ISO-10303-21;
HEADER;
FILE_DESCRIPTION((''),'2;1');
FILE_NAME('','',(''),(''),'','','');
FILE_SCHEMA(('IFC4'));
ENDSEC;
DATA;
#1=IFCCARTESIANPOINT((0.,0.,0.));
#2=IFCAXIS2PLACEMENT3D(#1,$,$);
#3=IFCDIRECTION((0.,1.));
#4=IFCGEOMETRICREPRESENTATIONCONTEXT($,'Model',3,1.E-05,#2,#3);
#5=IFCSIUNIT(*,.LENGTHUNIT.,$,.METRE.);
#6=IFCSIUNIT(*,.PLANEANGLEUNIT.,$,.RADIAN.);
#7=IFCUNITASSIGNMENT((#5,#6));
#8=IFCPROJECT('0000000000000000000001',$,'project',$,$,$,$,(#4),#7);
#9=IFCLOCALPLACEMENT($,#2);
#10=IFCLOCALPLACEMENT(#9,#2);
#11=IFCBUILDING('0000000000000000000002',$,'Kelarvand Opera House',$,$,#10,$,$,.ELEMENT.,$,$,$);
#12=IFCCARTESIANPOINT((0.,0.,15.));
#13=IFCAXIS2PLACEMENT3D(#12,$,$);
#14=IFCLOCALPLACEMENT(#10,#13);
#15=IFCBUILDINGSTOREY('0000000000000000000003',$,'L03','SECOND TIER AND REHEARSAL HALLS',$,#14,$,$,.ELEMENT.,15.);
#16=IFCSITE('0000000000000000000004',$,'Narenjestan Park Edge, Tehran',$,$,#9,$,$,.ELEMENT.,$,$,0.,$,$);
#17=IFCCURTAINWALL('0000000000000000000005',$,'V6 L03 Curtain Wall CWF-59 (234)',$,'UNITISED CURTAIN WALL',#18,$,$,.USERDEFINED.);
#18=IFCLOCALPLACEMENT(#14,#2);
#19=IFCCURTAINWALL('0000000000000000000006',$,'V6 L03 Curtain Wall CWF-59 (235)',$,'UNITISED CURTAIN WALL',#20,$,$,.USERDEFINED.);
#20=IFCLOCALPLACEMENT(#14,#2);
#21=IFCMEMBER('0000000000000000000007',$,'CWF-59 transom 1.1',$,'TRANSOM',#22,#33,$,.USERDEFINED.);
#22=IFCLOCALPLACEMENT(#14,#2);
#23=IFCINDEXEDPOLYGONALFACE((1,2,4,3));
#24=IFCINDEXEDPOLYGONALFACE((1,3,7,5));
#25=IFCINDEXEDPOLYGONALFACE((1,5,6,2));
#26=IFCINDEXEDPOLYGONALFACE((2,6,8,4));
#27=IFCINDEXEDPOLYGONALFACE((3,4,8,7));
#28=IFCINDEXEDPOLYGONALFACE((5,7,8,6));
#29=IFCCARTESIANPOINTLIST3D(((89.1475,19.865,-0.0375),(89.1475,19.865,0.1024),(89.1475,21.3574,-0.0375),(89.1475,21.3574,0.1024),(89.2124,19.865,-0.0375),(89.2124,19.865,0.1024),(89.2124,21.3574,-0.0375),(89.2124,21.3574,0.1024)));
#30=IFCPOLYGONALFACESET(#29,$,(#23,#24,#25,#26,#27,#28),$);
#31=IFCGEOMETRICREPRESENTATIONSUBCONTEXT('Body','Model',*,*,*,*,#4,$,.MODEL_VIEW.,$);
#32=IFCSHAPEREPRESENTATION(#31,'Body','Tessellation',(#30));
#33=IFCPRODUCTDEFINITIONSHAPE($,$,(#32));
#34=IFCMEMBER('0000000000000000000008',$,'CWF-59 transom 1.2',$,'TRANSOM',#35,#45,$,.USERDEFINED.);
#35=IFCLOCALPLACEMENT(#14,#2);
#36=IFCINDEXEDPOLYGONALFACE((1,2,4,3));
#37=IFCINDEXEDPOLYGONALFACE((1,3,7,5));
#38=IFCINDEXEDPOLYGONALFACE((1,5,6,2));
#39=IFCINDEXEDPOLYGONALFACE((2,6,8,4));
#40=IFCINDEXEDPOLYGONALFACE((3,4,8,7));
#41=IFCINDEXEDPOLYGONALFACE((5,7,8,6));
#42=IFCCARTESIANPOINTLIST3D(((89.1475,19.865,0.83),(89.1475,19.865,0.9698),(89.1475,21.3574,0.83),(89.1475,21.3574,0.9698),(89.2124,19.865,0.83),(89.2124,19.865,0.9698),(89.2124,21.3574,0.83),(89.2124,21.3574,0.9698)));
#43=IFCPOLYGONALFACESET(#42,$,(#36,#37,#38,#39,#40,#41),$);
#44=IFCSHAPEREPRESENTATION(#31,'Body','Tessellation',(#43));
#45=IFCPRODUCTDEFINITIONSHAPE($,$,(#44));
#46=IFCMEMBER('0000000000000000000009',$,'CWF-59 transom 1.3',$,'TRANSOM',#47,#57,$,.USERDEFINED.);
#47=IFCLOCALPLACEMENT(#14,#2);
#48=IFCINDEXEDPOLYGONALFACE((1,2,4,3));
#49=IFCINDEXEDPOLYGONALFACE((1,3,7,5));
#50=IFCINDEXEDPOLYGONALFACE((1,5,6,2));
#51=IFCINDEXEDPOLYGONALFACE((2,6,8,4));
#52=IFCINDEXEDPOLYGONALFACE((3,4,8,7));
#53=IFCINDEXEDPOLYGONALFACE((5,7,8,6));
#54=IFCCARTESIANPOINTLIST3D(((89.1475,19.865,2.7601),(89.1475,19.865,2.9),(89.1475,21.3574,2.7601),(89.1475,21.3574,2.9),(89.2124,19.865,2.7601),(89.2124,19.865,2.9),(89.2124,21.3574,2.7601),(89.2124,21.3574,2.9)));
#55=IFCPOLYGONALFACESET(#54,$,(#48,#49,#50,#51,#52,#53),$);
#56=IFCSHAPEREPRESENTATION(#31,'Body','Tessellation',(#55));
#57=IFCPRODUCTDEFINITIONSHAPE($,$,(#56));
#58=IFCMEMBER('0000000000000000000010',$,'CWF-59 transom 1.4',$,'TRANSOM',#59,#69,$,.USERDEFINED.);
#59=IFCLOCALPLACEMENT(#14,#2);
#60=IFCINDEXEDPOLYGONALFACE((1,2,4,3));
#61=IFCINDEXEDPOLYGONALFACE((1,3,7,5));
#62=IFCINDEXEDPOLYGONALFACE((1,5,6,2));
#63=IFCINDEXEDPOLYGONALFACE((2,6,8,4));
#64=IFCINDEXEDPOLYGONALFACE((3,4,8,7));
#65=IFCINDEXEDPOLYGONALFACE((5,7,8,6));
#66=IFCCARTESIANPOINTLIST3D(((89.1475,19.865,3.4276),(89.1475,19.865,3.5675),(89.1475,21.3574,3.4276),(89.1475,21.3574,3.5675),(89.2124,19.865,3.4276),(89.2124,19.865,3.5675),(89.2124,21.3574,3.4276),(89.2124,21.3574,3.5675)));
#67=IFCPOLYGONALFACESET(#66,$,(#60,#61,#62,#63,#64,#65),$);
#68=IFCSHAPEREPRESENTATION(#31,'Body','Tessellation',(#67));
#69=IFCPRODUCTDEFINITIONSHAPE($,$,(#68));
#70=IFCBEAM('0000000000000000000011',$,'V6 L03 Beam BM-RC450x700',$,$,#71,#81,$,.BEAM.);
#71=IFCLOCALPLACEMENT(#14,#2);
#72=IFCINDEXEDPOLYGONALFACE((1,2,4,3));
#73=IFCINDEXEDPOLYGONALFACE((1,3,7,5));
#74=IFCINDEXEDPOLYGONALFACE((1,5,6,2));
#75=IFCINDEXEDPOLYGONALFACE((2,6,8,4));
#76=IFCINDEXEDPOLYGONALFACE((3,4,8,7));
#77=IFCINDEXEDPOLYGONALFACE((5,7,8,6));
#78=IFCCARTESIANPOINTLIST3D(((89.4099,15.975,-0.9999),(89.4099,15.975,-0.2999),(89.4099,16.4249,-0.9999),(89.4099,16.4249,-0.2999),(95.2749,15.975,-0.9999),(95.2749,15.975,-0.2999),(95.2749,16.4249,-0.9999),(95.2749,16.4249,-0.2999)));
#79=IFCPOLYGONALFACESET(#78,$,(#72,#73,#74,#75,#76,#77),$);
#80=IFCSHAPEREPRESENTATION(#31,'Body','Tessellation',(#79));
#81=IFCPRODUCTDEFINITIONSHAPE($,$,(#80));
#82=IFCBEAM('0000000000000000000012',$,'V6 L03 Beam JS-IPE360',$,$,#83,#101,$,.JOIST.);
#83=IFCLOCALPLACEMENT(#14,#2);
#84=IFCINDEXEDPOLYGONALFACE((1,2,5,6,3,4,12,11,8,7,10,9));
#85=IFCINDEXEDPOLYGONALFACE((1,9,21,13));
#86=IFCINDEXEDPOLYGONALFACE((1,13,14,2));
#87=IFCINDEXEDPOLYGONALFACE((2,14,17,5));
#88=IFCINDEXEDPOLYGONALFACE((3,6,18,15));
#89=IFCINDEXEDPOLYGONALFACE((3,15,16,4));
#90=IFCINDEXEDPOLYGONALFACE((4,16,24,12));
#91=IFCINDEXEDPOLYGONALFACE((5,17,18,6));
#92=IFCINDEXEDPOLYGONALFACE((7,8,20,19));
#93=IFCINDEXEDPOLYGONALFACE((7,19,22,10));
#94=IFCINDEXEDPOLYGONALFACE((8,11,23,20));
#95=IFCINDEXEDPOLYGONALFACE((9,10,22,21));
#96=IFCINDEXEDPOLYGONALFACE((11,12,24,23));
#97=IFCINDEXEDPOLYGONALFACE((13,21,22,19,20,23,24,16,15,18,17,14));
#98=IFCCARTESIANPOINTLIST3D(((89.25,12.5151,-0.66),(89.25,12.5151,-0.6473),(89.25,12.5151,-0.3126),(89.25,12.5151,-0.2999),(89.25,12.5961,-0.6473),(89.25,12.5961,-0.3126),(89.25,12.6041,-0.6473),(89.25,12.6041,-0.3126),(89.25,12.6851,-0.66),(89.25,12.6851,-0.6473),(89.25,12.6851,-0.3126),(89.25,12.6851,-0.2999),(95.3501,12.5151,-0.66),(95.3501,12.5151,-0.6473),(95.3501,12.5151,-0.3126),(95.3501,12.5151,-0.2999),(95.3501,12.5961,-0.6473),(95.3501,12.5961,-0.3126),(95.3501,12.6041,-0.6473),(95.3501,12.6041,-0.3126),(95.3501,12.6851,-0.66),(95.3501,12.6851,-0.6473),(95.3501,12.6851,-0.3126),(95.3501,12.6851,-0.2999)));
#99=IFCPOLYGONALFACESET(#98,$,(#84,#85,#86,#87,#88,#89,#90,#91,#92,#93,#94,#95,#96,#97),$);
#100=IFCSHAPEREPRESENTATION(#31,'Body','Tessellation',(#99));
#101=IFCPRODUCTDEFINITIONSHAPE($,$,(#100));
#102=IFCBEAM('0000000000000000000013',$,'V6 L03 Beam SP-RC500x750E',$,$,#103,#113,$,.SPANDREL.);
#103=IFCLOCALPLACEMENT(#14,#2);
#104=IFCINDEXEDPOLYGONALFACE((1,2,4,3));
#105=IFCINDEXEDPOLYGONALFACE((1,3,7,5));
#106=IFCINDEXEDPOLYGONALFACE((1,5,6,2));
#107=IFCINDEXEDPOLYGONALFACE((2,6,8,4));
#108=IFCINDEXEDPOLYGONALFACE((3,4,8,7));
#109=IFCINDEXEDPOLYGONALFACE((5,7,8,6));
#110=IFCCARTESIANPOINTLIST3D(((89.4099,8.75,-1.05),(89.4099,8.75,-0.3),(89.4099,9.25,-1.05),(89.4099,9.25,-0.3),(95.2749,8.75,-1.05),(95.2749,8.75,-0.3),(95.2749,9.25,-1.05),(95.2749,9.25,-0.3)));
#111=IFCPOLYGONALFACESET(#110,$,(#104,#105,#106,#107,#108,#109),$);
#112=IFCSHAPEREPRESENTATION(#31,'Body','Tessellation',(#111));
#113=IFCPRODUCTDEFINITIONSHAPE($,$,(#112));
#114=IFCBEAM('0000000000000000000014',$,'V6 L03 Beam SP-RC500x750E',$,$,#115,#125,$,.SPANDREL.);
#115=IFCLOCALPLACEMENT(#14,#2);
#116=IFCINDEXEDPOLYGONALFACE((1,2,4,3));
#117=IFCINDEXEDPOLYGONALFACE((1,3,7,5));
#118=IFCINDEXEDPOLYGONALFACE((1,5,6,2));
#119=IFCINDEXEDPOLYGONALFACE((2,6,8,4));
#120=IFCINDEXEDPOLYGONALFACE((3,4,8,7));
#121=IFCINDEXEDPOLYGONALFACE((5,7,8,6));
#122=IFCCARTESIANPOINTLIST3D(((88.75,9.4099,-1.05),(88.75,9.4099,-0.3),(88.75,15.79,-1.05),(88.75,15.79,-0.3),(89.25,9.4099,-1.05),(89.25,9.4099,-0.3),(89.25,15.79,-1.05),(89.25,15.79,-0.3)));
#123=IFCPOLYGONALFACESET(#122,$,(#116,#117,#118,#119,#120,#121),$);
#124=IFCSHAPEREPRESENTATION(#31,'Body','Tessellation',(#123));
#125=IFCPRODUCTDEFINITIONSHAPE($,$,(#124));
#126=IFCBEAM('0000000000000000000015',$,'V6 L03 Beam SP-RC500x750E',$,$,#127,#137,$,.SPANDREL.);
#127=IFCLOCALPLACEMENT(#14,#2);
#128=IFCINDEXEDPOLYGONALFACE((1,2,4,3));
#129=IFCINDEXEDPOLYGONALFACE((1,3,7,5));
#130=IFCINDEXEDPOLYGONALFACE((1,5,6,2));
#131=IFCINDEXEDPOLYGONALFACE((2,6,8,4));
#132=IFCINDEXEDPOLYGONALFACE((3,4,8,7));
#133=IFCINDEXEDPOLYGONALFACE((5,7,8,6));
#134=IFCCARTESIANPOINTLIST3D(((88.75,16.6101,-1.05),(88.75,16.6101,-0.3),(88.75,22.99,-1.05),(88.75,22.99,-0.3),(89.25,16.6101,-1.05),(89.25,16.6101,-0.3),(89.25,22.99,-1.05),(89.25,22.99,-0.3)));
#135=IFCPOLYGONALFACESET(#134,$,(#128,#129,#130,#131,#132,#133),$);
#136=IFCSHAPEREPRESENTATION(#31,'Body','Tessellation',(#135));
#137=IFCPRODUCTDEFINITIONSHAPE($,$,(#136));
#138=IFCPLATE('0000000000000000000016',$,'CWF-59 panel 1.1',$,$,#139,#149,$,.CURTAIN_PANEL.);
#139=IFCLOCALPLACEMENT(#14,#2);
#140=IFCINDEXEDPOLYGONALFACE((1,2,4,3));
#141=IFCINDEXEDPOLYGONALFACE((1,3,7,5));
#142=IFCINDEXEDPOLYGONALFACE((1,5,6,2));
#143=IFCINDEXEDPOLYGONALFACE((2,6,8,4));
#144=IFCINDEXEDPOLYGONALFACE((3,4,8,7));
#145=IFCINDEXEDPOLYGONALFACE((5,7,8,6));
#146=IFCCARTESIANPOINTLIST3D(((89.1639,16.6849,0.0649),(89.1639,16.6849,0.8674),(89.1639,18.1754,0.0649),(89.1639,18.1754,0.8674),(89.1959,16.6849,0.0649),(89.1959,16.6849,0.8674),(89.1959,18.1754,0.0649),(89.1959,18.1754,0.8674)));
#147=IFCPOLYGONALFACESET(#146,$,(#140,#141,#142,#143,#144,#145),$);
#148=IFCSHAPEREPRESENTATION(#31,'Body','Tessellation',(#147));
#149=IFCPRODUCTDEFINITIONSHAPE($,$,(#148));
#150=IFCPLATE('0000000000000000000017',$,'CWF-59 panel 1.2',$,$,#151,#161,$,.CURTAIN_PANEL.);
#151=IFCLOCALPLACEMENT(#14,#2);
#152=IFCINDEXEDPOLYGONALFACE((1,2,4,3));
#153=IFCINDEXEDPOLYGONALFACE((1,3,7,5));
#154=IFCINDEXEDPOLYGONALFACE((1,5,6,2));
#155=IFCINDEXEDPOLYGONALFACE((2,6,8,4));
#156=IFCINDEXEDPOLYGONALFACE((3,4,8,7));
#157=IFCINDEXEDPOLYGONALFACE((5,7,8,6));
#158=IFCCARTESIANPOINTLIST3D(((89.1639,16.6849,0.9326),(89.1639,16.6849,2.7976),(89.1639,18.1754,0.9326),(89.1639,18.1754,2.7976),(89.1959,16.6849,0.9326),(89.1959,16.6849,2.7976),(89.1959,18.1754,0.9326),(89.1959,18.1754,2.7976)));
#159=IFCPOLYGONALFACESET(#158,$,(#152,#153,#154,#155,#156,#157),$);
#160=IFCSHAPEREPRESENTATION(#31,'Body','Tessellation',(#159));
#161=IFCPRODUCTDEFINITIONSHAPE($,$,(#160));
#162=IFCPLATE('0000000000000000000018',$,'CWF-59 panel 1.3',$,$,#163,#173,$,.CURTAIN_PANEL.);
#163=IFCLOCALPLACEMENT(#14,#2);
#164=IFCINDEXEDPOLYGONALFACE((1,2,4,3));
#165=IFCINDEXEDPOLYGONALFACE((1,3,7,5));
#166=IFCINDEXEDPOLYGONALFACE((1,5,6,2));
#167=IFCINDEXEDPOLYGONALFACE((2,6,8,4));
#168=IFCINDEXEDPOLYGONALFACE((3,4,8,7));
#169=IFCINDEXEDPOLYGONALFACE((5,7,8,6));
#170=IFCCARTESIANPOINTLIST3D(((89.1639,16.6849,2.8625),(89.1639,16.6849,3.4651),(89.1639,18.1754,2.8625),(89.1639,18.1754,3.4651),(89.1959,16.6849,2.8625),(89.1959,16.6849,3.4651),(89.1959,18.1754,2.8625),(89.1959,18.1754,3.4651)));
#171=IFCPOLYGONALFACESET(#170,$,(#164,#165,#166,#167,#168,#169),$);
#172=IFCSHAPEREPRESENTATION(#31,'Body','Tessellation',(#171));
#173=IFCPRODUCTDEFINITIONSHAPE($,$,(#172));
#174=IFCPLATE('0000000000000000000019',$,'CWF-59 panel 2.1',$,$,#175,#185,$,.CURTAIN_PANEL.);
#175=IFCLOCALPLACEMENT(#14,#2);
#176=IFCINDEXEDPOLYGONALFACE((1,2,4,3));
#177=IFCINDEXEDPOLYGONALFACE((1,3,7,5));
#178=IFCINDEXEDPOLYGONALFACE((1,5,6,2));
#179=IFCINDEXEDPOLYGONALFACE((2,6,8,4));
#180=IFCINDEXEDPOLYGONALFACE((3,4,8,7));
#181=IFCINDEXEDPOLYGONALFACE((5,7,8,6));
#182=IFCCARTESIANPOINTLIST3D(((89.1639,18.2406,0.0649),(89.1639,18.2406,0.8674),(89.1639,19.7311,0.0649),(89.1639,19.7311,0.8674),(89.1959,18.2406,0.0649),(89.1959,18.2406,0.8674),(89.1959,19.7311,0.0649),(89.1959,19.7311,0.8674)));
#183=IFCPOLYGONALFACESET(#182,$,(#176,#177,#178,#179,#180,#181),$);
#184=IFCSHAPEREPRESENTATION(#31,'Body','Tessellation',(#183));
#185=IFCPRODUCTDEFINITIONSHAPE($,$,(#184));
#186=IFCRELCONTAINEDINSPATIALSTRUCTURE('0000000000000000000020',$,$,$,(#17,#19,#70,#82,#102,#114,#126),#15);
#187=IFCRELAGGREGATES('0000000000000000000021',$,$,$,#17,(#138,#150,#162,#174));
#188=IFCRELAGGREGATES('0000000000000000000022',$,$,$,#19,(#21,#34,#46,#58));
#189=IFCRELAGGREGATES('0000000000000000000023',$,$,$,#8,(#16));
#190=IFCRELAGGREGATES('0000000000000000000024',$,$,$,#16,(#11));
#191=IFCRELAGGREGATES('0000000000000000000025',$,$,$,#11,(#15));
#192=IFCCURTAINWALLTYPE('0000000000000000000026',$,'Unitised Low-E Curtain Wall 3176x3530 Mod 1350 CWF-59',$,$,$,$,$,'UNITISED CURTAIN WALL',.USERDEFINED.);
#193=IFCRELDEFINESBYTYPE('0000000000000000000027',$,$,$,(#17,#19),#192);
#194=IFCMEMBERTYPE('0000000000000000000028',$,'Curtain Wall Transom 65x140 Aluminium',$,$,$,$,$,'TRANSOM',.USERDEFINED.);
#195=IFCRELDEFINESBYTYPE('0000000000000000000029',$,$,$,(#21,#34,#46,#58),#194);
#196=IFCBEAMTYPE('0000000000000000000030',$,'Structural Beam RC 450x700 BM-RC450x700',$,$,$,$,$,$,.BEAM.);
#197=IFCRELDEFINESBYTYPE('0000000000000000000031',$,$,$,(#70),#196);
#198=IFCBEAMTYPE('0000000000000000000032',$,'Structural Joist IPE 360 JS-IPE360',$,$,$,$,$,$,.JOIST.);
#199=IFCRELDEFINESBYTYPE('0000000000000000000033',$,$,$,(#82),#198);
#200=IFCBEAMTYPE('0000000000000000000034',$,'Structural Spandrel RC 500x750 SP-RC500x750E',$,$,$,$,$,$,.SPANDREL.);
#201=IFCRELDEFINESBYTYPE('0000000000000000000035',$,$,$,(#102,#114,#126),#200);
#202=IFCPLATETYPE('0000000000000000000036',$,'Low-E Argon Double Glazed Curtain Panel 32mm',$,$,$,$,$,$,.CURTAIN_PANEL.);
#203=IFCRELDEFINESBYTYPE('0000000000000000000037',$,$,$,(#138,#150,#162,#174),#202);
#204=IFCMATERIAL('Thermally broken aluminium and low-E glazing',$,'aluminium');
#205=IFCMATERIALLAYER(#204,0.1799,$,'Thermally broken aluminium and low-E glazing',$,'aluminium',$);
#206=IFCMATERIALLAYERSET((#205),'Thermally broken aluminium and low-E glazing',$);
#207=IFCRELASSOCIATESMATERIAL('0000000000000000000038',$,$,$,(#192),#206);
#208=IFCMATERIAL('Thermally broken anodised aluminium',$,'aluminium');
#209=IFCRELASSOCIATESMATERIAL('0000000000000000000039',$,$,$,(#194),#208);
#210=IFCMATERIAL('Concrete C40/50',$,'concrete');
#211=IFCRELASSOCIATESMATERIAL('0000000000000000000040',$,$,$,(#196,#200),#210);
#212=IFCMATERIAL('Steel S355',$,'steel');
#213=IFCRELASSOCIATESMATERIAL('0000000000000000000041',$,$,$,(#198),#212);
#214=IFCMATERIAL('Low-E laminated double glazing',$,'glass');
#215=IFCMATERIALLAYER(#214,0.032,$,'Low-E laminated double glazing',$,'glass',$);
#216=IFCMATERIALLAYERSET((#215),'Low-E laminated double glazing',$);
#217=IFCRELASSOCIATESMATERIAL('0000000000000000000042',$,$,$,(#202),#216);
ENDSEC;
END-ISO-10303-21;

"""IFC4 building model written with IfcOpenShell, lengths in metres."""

from ifc_helpers import new_model, si_unit, direction, frame, origin, origin_2d, place, context, subcontext, project, spatial, rectangle, i_section, extrude, material, layer, layer_set, material_profile, profile_set, type_object, element, aggregate, save


model = new_model("IFC4")

# Units and contexts
model_context = context("Model", 3, precision=1e-05, world=origin(), true_north=direction((0.0, 1.0)))
body_context = subcontext(model_context, "Body", "Model", "MODEL_VIEW")
ifc_project = project(units=[si_unit("LENGTHUNIT", "METRE"), si_unit("PLANEANGLEUNIT", "RADIAN")], contexts=[model_context])

# Site, building, storey
site_placement = place(None, origin())
site = spatial("IfcSite", under=ifc_project, at=site_placement, Name="Narenjestan Park Edge, Tehran", CompositionType="ELEMENT", RefElevation=0.0)
building_placement = place(site_placement, origin())
building = spatial("IfcBuilding", under=site, at=building_placement, Name="Kelarvand Opera House", CompositionType="ELEMENT")
storey_placement = place(building_placement, frame((0.0, 0.0, 15.0)))
storey = spatial("IfcBuildingStorey", under=building, at=storey_placement, Name="L03", Description="SECOND TIER AND REHEARSAL HALLS", CompositionType="ELEMENT", Elevation=15.0)

# Shared definitions
ifc_material_1 = material(Name="Concrete C40/50", Category="concrete")

# Curtain wall
ifc_material_2 = material(Name="Thermally broken aluminium and low-E glazing", Category="aluminium")
ifc_layer_1 = layer(ifc_material_2, 0.1799, Name="Thermally broken aluminium and low-E glazing", Category="aluminium")
ifc_layer_set_1 = layer_set([ifc_layer_1], Name="Thermally broken aluminium and low-E glazing")
curtain_wall_type = type_object("IfcCurtainWallType", Name="Unitised Low-E Curtain Wall 3176x3530 Mod 1350 CWF-59", ElementType="UNITISED CURTAIN WALL", PredefinedType="USERDEFINED", material=ifc_layer_set_1)
curtain_wall_1_placement = place(storey_placement, origin())
curtain_wall_1 = element("IfcCurtainWall", 1, at=curtain_wall_1_placement, inside=storey, type_object=curtain_wall_type, Name="V6 L03 Curtain Wall CWF-59 (234)", ObjectType="UNITISED CURTAIN WALL", PredefinedType="USERDEFINED")
ifc_material_3 = material(Name="Thermally broken anodised aluminium", Category="aluminium")

# Curtain wall
curtain_wall_2_placement = place(storey_placement, origin())
curtain_wall_2 = element("IfcCurtainWall", 2, at=curtain_wall_2_placement, inside=storey, type_object=curtain_wall_type, Name="V6 L03 Curtain Wall CWF-59 (235)", ObjectType="UNITISED CURTAIN WALL", PredefinedType="USERDEFINED")

# Members
ifc_material_profile_1 = material_profile(ifc_material_3, rectangle(XDim=0.0649, YDim=0.1399, at=origin_2d()), Name="ALU TRANSOM 65x140", Category="aluminium")
ifc_profile_set_1 = profile_set([ifc_material_profile_1], Name="Thermally broken anodised aluminium")
member_type_1 = type_object("IfcMemberType", Name="Curtain Wall Transom 65x140 Aluminium", ElementType="TRANSOM", PredefinedType="USERDEFINED", material=ifc_profile_set_1)
member_1_placement = place(storey_placement, frame((89.1799, 19.865, 0.0325), z_axis=(0.0, 1.0, 0.0), x_axis=(-1.0, 0.0, 0.0)))
member_1 = element("IfcMember", 3, at=member_1_placement, type_object=member_type_1, Name="CWF-59 transom 1.1", ObjectType="TRANSOM", PredefinedType="USERDEFINED", context=body_context, shape_type="SweptSolid", body=[
    extrude(rectangle(XDim=0.0649, YDim=0.1399, at=origin_2d()), origin(), (0.0, 0.0, 1.0), 1.4924),
])
member_2_placement = place(storey_placement, frame((89.1799, 19.865, 0.8999), z_axis=(0.0, 1.0, 0.0), x_axis=(-1.0, 0.0, 0.0)))
member_2 = element("IfcMember", 4, at=member_2_placement, type_object=member_type_1, Name="CWF-59 transom 1.2", ObjectType="TRANSOM", PredefinedType="USERDEFINED", context=body_context, shape_type="SweptSolid", body=[
    extrude(rectangle(XDim=0.0649, YDim=0.1399, at=origin_2d()), origin(), (0.0, 0.0, 1.0), 1.4924),
])
member_3_placement = place(storey_placement, frame((89.1799, 19.865, 2.8301), z_axis=(0.0, 1.0, 0.0), x_axis=(-1.0, 0.0, 0.0)))
member_3 = element("IfcMember", 5, at=member_3_placement, type_object=member_type_1, Name="CWF-59 transom 1.3", ObjectType="TRANSOM", PredefinedType="USERDEFINED", context=body_context, shape_type="SweptSolid", body=[
    extrude(rectangle(XDim=0.0649, YDim=0.1399, at=origin_2d()), origin(), (0.0, 0.0, 1.0), 1.4924),
])
member_4_placement = place(storey_placement, frame((89.1799, 19.865, 3.4976), z_axis=(0.0, 1.0, 0.0), x_axis=(-1.0, 0.0, 0.0)))
member_4 = element("IfcMember", 6, at=member_4_placement, type_object=member_type_1, Name="CWF-59 transom 1.4", ObjectType="TRANSOM", PredefinedType="USERDEFINED", context=body_context, shape_type="SweptSolid", body=[
    extrude(rectangle(XDim=0.0649, YDim=0.1399, at=origin_2d()), origin(), (0.0, 0.0, 1.0), 1.4924),
])

# Beams
ifc_material_profile_2 = material_profile(ifc_material_1, rectangle(XDim=0.45, YDim=0.7, at=origin_2d()), Name="RC 450x700", Category="concrete")
ifc_profile_set_2 = profile_set([ifc_material_profile_2], Name="Concrete C40/50")
beam_type_1 = type_object("IfcBeamType", Name="Structural Beam RC 450x700 BM-RC450x700", PredefinedType="BEAM", material=ifc_profile_set_2)
beam_1_placement = place(storey_placement, frame((89.4099, 16.2, -0.6499), z_axis=(1.0, 0.0, 0.0), x_axis=(0.0, 1.0, 0.0)))
element("IfcBeam", 7, at=beam_1_placement, inside=storey, type_object=beam_type_1, Name="V6 L03 Beam BM-RC450x700", PredefinedType="BEAM", context=body_context, shape_type="SweptSolid", body=[
    extrude(rectangle(XDim=0.45, YDim=0.7, at=origin_2d()), origin(), (0.0, 0.0, 1.0), 5.865),
])
ifc_material_4 = material(Name="Steel S355", Category="steel")
ifc_material_profile_3 = material_profile(ifc_material_4, i_section(OverallWidth=0.1699, OverallDepth=0.3601, WebThickness=0.0081, FlangeThickness=0.0127, at=origin_2d()), Name="IPE 360", Category="steel")
ifc_profile_set_3 = profile_set([ifc_material_profile_3], Name="Steel S355")
beam_type_2 = type_object("IfcBeamType", Name="Structural Joist IPE 360 JS-IPE360", PredefinedType="JOIST", material=ifc_profile_set_3)
beam_2_placement = place(storey_placement, frame((89.25, 12.6001, -0.48), z_axis=(1.0, 0.0, 0.0), x_axis=(0.0, 1.0, 0.0)))
element("IfcBeam", 8, at=beam_2_placement, inside=storey, type_object=beam_type_2, Name="V6 L03 Beam JS-IPE360", PredefinedType="JOIST", context=body_context, shape_type="SweptSolid", body=[
    extrude(i_section(OverallWidth=0.1699, OverallDepth=0.3601, WebThickness=0.0081, FlangeThickness=0.0127, at=origin_2d()), origin(), (0.0, 0.0, 1.0), 6.1001),
])
ifc_material_profile_4 = material_profile(ifc_material_1, rectangle(XDim=0.5, YDim=0.75, at=origin_2d()), Name="RC 500x750", Category="concrete")
ifc_profile_set_4 = profile_set([ifc_material_profile_4], Name="Concrete C40/50")
beam_type_3 = type_object("IfcBeamType", Name="Structural Spandrel RC 500x750 SP-RC500x750E", PredefinedType="SPANDREL", material=ifc_profile_set_4)
beam_3_placement = place(storey_placement, frame((89.4099, 9.0, -0.675), z_axis=(1.0, 0.0, 0.0), x_axis=(0.0, 1.0, 0.0)))
element("IfcBeam", 9, at=beam_3_placement, inside=storey, type_object=beam_type_3, Name="V6 L03 Beam SP-RC500x750E", PredefinedType="SPANDREL", context=body_context, shape_type="SweptSolid", body=[
    extrude(rectangle(XDim=0.5, YDim=0.75, at=origin_2d()), origin(), (0.0, 0.0, 1.0), 5.865),
])
beam_4_placement = place(storey_placement, frame((89.0, 9.4099, -0.675), z_axis=(0.0, 1.0, 0.0), x_axis=(-1.0, 0.0, 0.0)))
element("IfcBeam", 10, at=beam_4_placement, inside=storey, type_object=beam_type_3, Name="V6 L03 Beam SP-RC500x750E", PredefinedType="SPANDREL", context=body_context, shape_type="SweptSolid", body=[
    extrude(rectangle(XDim=0.5, YDim=0.75, at=origin_2d()), origin(), (0.0, 0.0, 1.0), 6.3801),
])
beam_5_placement = place(storey_placement, frame((89.0, 16.6101, -0.675), z_axis=(0.0, 1.0, 0.0), x_axis=(-1.0, 0.0, 0.0)))
element("IfcBeam", 11, at=beam_5_placement, inside=storey, type_object=beam_type_3, Name="V6 L03 Beam SP-RC500x750E", PredefinedType="SPANDREL", context=body_context, shape_type="SweptSolid", body=[
    extrude(rectangle(XDim=0.5, YDim=0.75, at=origin_2d()), origin(), (0.0, 0.0, 1.0), 6.3799),
])

# Plates
ifc_material_5 = material(Name="Low-E laminated double glazing", Category="glass")
ifc_layer_2 = layer(ifc_material_5, 0.032, Name="Low-E laminated double glazing", Category="glass")
ifc_layer_set_2 = layer_set([ifc_layer_2], Name="Low-E laminated double glazing")
plate_type = type_object("IfcPlateType", Name="Low-E Argon Double Glazed Curtain Panel 32mm", PredefinedType="CURTAIN_PANEL", material=ifc_layer_set_2)
plate_1_placement = place(storey_placement, frame((89.1799, 17.4302, 0.0649), z_axis=(0.0, 0.0, 1.0), x_axis=(0.0, 1.0, 0.0)))
plate_1 = element("IfcPlate", 12, at=plate_1_placement, type_object=plate_type, Name="CWF-59 panel 1.1", PredefinedType="CURTAIN_PANEL", context=body_context, shape_type="SweptSolid", body=[
    extrude(rectangle(XDim=1.4905, YDim=0.032, at=origin_2d()), origin(), (0.0, 0.0, 1.0), 0.8025),
])
plate_2_placement = place(storey_placement, frame((89.1799, 17.4302, 0.9326), z_axis=(0.0, 0.0, 1.0), x_axis=(0.0, 1.0, 0.0)))
plate_2 = element("IfcPlate", 13, at=plate_2_placement, type_object=plate_type, Name="CWF-59 panel 1.2", PredefinedType="CURTAIN_PANEL", context=body_context, shape_type="SweptSolid", body=[
    extrude(rectangle(XDim=1.4905, YDim=0.032, at=origin_2d()), origin(), (0.0, 0.0, 1.0), 1.865),
])
plate_3_placement = place(storey_placement, frame((89.1799, 17.4302, 2.8625), z_axis=(0.0, 0.0, 1.0), x_axis=(0.0, 1.0, 0.0)))
plate_3 = element("IfcPlate", 14, at=plate_3_placement, type_object=plate_type, Name="CWF-59 panel 1.3", PredefinedType="CURTAIN_PANEL", context=body_context, shape_type="SweptSolid", body=[
    extrude(rectangle(XDim=1.4905, YDim=0.032, at=origin_2d()), origin(), (0.0, 0.0, 1.0), 0.6025),
])
plate_4_placement = place(storey_placement, frame((89.1799, 18.9858, 0.0649), z_axis=(0.0, 0.0, 1.0), x_axis=(0.0, 1.0, 0.0)))
plate_4 = element("IfcPlate", 15, at=plate_4_placement, type_object=plate_type, Name="CWF-59 panel 2.1", PredefinedType="CURTAIN_PANEL", context=body_context, shape_type="SweptSolid", body=[
    extrude(rectangle(XDim=1.4905, YDim=0.032, at=origin_2d()), origin(), (0.0, 0.0, 1.0), 0.8025),
])
aggregate(curtain_wall_1, [plate_1, plate_2, plate_3, plate_4])
aggregate(curtain_wall_2, [member_1, member_2, member_3, member_4])

save(model, "model.ifc")
